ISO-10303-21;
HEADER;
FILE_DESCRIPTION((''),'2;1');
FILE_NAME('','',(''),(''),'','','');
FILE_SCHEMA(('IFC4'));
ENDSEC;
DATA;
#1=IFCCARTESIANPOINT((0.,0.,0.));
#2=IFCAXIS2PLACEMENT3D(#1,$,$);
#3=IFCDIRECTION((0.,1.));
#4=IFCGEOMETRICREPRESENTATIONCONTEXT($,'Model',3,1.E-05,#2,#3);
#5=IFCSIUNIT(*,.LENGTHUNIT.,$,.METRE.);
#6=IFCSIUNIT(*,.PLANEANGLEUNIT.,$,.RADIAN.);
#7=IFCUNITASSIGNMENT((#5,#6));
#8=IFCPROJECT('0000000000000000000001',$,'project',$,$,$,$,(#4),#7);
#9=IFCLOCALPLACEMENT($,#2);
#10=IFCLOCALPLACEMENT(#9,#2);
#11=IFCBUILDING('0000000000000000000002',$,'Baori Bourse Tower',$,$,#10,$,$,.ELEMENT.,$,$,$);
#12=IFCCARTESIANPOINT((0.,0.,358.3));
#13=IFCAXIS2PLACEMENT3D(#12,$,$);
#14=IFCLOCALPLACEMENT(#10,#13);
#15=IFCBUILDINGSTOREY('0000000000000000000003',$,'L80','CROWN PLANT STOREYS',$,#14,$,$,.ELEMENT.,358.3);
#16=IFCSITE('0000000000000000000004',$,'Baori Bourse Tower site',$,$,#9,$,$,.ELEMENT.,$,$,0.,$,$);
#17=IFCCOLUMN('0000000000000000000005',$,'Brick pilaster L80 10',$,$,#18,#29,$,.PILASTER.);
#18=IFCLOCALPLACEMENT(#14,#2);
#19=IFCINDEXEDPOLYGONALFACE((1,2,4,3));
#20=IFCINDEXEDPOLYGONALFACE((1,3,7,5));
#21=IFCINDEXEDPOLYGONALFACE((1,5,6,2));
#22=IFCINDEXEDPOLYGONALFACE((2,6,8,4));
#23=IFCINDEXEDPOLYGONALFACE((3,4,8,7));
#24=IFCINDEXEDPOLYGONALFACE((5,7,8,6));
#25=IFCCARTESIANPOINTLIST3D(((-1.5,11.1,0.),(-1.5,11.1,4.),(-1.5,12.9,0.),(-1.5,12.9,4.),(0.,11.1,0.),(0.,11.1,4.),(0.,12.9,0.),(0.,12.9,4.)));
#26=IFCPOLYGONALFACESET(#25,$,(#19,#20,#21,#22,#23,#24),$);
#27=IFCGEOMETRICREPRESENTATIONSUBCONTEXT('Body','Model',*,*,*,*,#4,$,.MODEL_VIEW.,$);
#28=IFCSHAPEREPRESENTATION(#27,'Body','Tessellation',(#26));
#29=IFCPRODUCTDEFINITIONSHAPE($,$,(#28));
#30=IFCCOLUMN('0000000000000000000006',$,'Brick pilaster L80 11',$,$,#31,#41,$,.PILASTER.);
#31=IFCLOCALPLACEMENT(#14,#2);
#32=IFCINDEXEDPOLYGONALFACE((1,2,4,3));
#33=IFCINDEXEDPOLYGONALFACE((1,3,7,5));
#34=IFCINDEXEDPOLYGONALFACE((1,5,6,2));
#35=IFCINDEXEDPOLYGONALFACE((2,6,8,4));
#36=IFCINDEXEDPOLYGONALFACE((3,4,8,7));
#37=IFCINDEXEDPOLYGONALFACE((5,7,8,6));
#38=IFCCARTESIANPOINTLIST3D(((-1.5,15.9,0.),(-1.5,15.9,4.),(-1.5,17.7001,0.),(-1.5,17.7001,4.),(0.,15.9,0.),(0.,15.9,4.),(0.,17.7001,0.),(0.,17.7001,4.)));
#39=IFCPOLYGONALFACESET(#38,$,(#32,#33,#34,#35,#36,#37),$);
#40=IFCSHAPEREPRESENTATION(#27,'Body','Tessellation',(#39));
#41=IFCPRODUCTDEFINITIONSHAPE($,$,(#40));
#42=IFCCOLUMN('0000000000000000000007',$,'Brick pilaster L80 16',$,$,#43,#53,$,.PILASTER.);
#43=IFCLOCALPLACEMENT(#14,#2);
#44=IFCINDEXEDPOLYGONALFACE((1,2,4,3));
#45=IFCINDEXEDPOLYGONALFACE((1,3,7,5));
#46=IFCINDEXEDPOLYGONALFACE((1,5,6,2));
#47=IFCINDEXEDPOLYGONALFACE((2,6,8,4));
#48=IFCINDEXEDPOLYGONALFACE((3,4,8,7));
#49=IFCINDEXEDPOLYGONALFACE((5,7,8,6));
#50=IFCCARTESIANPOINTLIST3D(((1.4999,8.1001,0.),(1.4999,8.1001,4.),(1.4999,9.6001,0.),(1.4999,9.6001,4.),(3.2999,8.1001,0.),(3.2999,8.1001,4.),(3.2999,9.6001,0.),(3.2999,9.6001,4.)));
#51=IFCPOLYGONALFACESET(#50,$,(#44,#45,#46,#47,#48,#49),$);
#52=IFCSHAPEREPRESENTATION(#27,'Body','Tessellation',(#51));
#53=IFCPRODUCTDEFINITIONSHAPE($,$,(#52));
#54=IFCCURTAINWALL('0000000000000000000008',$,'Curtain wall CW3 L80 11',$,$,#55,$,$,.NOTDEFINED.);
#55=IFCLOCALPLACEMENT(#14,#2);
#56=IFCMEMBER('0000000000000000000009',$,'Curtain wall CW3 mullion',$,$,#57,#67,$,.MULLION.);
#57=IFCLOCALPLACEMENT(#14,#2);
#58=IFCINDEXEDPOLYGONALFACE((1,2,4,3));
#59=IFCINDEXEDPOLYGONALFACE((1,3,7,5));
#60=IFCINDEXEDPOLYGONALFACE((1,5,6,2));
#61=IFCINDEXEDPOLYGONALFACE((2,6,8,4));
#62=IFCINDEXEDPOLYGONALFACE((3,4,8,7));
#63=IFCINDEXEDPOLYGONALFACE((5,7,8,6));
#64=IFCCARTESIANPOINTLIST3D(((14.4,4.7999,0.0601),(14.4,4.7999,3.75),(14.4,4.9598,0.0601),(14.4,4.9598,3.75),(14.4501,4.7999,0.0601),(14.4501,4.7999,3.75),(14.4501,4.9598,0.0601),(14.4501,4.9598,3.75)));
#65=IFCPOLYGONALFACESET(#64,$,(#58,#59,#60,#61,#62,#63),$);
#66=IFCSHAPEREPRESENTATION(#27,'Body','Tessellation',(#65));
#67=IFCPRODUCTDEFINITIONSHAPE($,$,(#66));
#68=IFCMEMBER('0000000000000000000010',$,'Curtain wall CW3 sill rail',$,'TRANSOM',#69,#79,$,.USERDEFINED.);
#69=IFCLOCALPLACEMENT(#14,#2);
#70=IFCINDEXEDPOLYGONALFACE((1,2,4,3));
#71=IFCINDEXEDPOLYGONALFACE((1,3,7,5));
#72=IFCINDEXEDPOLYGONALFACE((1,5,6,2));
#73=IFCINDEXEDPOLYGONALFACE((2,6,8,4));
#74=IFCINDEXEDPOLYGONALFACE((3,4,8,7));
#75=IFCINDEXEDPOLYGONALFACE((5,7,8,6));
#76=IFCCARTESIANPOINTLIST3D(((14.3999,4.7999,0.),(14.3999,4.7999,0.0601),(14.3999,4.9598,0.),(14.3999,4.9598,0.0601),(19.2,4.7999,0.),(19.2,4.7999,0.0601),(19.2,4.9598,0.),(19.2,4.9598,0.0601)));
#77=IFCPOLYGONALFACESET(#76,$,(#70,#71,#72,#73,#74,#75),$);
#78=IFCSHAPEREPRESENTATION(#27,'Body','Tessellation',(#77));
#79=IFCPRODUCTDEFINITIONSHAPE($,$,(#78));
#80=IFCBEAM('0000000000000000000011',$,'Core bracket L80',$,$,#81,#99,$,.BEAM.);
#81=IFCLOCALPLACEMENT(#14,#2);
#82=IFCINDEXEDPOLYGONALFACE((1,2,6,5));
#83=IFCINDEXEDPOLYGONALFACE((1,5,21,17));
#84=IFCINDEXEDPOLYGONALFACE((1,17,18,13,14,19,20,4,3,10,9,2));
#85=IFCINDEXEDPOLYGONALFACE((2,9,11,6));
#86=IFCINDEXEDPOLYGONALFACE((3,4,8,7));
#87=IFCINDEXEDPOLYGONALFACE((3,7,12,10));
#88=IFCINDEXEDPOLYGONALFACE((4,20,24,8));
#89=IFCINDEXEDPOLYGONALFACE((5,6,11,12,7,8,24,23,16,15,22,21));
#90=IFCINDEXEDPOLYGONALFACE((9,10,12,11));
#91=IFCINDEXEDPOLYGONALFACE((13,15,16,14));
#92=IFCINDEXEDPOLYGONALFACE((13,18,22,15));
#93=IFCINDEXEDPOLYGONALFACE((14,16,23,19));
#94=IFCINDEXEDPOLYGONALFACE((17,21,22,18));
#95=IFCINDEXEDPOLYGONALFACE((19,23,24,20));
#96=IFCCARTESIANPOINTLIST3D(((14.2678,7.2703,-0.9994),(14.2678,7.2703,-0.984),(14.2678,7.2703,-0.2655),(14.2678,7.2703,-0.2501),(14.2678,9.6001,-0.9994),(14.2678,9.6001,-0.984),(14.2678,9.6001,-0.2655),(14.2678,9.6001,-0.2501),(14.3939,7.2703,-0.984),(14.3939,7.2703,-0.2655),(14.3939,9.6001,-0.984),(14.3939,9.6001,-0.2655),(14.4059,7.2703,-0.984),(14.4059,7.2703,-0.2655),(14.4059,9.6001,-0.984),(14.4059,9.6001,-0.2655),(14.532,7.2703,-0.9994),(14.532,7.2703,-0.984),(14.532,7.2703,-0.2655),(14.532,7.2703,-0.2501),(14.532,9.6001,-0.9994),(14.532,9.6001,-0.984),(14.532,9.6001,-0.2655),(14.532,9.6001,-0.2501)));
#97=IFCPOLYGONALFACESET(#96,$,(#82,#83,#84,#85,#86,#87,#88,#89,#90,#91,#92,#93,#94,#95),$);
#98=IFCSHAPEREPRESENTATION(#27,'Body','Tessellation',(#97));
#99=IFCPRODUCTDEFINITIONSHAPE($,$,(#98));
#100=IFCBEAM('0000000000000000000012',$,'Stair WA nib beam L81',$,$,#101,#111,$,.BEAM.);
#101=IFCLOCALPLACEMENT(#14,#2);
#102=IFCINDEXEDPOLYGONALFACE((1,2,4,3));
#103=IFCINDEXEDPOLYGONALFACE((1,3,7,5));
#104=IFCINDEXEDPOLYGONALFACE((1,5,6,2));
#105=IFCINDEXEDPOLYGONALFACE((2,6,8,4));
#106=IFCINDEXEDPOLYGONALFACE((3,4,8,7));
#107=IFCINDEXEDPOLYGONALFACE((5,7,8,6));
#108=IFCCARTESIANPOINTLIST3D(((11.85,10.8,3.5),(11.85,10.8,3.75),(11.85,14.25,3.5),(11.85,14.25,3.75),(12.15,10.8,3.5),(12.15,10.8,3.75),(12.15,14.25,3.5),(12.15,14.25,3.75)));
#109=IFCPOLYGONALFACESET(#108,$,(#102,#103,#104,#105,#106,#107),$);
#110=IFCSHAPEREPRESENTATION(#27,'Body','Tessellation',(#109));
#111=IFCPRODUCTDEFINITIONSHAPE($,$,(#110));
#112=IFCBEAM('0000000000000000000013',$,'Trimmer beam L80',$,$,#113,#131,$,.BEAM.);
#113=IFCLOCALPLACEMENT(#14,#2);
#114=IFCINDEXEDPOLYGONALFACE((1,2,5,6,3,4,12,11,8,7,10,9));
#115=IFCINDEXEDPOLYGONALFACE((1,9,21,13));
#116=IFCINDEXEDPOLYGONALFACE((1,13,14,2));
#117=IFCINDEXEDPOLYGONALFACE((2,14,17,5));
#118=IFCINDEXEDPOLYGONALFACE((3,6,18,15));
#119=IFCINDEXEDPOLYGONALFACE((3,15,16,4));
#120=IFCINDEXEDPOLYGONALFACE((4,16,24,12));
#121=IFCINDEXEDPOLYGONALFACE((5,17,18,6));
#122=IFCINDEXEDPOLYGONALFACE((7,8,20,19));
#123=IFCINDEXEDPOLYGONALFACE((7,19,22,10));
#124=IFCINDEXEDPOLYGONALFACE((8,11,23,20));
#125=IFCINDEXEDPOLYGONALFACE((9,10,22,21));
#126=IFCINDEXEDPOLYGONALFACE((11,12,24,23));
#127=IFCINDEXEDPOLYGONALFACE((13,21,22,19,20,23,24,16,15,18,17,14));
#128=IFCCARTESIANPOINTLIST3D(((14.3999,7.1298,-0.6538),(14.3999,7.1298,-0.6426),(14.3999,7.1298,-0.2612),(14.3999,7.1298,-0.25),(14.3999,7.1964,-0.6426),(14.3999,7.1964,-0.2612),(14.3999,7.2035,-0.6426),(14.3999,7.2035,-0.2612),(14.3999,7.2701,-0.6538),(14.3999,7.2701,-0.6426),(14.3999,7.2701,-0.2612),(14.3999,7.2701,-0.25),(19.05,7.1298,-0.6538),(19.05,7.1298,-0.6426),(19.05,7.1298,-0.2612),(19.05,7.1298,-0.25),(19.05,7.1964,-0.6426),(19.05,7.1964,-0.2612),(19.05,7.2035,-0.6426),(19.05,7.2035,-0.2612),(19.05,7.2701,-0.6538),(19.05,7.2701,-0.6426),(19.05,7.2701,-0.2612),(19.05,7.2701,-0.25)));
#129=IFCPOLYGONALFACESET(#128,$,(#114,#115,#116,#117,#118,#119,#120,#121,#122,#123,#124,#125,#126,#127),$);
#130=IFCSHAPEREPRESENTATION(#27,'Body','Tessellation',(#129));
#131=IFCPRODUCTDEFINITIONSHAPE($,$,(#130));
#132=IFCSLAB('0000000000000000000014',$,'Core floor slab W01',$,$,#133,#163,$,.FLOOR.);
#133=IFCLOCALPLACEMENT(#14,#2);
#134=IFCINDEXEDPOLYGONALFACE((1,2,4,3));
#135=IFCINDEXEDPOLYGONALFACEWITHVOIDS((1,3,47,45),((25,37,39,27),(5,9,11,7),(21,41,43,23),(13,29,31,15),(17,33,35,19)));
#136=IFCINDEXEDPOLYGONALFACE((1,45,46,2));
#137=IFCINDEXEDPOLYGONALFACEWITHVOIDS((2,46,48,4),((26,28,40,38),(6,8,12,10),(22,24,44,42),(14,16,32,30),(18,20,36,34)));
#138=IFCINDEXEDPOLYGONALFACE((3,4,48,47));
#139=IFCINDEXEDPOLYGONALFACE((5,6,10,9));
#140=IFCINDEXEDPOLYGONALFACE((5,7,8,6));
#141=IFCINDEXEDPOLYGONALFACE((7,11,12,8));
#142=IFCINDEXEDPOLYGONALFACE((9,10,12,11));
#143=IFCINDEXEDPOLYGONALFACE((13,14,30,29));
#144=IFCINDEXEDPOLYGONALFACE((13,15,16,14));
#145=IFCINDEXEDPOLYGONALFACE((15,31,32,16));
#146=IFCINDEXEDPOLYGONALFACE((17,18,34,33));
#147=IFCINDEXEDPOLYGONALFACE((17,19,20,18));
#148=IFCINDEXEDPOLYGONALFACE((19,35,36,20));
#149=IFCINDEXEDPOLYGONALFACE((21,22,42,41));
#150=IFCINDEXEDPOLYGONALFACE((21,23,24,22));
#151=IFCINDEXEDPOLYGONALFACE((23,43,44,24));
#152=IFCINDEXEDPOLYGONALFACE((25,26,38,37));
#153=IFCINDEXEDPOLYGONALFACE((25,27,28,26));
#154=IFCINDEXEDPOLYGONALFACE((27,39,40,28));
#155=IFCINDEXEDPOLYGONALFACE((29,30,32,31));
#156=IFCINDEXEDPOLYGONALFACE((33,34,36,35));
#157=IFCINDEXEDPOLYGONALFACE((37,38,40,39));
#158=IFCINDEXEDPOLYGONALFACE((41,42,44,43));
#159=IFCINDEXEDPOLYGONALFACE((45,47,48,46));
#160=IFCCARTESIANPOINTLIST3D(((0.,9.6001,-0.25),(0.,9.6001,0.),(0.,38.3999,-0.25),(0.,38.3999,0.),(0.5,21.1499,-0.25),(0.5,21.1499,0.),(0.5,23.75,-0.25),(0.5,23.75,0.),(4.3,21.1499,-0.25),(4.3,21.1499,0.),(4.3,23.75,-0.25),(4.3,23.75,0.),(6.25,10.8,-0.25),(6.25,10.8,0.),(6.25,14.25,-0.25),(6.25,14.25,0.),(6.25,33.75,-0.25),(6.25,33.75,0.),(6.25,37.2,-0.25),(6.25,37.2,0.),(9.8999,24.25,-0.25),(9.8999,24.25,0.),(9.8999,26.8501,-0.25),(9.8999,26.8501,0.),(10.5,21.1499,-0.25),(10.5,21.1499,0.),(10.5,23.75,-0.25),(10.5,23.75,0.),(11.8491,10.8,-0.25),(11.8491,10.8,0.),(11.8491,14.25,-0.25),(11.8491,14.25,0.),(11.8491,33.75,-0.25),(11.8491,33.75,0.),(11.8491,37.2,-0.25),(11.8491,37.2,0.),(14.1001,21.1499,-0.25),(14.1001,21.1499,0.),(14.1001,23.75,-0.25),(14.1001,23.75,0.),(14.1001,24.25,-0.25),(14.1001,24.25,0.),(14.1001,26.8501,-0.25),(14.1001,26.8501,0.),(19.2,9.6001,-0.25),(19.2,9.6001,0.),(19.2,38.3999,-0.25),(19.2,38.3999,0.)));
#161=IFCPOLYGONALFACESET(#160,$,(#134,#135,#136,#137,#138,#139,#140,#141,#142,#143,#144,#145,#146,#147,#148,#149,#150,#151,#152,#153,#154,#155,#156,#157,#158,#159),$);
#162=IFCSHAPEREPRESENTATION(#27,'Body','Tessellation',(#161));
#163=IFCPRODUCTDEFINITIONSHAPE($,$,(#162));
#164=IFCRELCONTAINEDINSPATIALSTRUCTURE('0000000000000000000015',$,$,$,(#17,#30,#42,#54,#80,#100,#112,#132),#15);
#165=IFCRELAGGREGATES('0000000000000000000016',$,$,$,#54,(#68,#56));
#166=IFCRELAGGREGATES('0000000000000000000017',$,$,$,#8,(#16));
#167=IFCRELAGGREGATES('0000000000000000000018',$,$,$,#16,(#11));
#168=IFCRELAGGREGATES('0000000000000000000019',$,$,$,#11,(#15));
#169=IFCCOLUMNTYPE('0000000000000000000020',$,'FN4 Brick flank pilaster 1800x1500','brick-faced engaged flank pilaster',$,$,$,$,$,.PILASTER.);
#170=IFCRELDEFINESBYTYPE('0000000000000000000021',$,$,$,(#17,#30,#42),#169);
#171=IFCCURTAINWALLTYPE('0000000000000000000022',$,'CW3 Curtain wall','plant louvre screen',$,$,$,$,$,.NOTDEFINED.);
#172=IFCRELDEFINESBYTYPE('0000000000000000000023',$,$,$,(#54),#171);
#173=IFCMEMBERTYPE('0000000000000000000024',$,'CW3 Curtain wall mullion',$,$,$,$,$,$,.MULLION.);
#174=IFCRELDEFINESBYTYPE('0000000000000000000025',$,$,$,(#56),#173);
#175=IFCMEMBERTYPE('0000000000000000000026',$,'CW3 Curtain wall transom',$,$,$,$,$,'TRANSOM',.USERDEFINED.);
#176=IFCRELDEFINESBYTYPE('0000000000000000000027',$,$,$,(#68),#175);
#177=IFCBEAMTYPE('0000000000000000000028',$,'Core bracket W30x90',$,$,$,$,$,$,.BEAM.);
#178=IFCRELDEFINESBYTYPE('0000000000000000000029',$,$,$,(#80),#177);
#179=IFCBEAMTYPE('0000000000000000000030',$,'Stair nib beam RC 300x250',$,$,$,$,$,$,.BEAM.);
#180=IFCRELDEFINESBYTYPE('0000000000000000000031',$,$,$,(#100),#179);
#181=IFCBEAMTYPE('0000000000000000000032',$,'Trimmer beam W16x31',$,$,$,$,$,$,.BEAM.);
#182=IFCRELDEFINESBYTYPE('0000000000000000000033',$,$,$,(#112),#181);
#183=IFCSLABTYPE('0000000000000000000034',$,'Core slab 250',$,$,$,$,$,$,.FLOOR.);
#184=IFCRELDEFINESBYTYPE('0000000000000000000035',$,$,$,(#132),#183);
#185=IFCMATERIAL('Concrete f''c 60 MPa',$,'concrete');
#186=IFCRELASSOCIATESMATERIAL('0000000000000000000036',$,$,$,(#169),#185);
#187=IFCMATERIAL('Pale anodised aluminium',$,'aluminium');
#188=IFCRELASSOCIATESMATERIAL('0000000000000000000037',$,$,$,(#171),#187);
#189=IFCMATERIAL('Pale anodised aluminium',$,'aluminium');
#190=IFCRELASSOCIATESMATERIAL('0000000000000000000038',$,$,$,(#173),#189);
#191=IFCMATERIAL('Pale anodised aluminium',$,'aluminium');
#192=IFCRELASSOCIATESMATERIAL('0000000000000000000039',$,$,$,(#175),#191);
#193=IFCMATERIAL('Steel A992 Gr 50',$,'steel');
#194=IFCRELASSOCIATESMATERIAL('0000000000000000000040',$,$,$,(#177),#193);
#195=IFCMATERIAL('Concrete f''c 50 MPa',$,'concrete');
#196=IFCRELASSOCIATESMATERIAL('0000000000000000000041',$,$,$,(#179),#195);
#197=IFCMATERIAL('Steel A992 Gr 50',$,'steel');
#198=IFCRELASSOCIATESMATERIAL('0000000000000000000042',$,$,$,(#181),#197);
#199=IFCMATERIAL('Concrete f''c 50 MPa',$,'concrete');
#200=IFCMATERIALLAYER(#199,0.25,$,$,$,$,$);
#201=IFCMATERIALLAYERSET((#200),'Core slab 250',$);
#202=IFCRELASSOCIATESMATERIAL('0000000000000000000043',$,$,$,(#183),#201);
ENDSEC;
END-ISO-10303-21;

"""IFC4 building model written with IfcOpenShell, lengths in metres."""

from ifc_helpers import new_model, si_unit, direction, frame, origin, origin_2d, place, context, subcontext, project, spatial, polyline, rectangle, i_section, outline, extrude, material, layer, layer_set, material_profile, profile_set, type_object, element, aggregate, save


model = new_model("IFC4")

# Units and contexts
model_context = context("Model", 3, precision=1e-05, world=origin(), true_north=direction((0.0, 1.0)))
body_context = subcontext(model_context, "Body", "Model", "MODEL_VIEW")
ifc_project = project(units=[si_unit("LENGTHUNIT", "METRE"), si_unit("PLANEANGLEUNIT", "RADIAN")], contexts=[model_context])

# Site, building, storey
site_placement = place(None, origin())
site = spatial("IfcSite", under=ifc_project, at=site_placement, Name="Baori Bourse Tower site", CompositionType="ELEMENT", RefElevation=0.0)
building_placement = place(site_placement, origin())
building = spatial("IfcBuilding", under=site, at=building_placement, Name="Baori Bourse Tower", CompositionType="ELEMENT")
storey_placement = place(building_placement, frame((0.0, 0.0, 358.3)))
storey = spatial("IfcBuildingStorey", under=building, at=storey_placement, Name="L80", Description="CROWN PLANT STOREYS", CompositionType="ELEMENT", Elevation=358.3)

# Columns
ifc_material_1 = material(Name="Concrete f'c 60 MPa", Category="concrete")
ifc_material_profile_1 = material_profile(ifc_material_1, rectangle(XDim=1.8, YDim=1.5, at=origin_2d()), Name="RC 1800x1500")
ifc_profile_set_1 = profile_set([ifc_material_profile_1], Name="Concrete f'c 60 MPa")
column_type = type_object("IfcColumnType", Name="FN4 Brick flank pilaster 1800x1500", Description="brick-faced engaged flank pilaster", PredefinedType="PILASTER", material=ifc_profile_set_1)
for number, where, z_axis, x_axis, name in (
    (1, (-0.75, 12.0, 0.0), (0.0, 0.0, 1.0), (0.0, 1.0, 0.0), "Brick pilaster L80 10"),
    (2, (-0.75, 16.8, 0.0), (0.0, 0.0, 1.0), (0.0, 1.0, 0.0), "Brick pilaster L80 11"),
    (3, (2.3999, 8.8501, 0.0), (0.0, 0.0, 1.0), (1.0, 0.0, 0.0), "Brick pilaster L80 16"),
):
    element("IfcColumn", number, at=place(storey_placement, frame(where, z_axis=z_axis, x_axis=x_axis)), inside=storey, type_object=column_type, Name=name, PredefinedType="PILASTER", context=body_context, shape_type="SweptSolid", body=[
        extrude(rectangle(XDim=1.8, YDim=1.5, at=origin_2d()), origin(), (0.0, 0.0, 1.0), 4.0),
    ])

# Curtain wall, members
ifc_material_2 = material(Name="Pale anodised aluminium", Category="aluminium")
curtain_wall_type = type_object("IfcCurtainWallType", Name="CW3 Curtain wall", Description="plant louvre screen", PredefinedType="NOTDEFINED", material=ifc_material_2)
curtain_wall_placement = place(storey_placement, origin())
curtain_wall = element("IfcCurtainWall", 4, at=curtain_wall_placement, inside=storey, type_object=curtain_wall_type, Name="Curtain wall CW3 L80 11", PredefinedType="NOTDEFINED")
ifc_material_3 = material(Name="Pale anodised aluminium", Category="aluminium")
ifc_material_profile_2 = material_profile(ifc_material_3, rectangle(XDim=0.1599, YDim=0.05, at=origin_2d()), Name="Mullion 50x160")
ifc_profile_set_2 = profile_set([ifc_material_profile_2], Name="Pale anodised aluminium")
member_type_1 = type_object("IfcMemberType", Name="CW3 Curtain wall mullion", PredefinedType="MULLION", material=ifc_profile_set_2)
member_1_placement = place(storey_placement, frame((14.425, 4.8799, 0.0601), z_axis=(0.0, 0.0, 1.0), x_axis=(0.0, 1.0, 0.0)))
member_1 = element("IfcMember", 5, at=member_1_placement, type_object=member_type_1, Name="Curtain wall CW3 mullion", PredefinedType="MULLION", context=body_context, shape_type="SweptSolid", body=[
    extrude(rectangle(XDim=0.1599, YDim=0.05, at=origin_2d()), origin(), (0.0, 0.0, 1.0), 3.6899),
])
ifc_material_4 = material(Name="Pale anodised aluminium", Category="aluminium")
ifc_material_profile_3 = material_profile(ifc_material_4, rectangle(XDim=0.1599, YDim=0.0601, at=origin_2d()), Name="Transom 60x160")
ifc_profile_set_3 = profile_set([ifc_material_profile_3], Name="Pale anodised aluminium")
member_type_2 = type_object("IfcMemberType", Name="CW3 Curtain wall transom", ElementType="TRANSOM", PredefinedType="USERDEFINED", material=ifc_profile_set_3)
member_2_placement = place(storey_placement, frame((14.3999, 4.8799, 0.03), z_axis=(1.0, 0.0, 0.0), x_axis=(0.0, 1.0, 0.0)))
member_2 = element("IfcMember", 6, at=member_2_placement, type_object=member_type_2, Name="Curtain wall CW3 sill rail", ObjectType="TRANSOM", PredefinedType="USERDEFINED", context=body_context, shape_type="SweptSolid", body=[
    extrude(rectangle(XDim=0.1599, YDim=0.0601, at=origin_2d()), origin(), (0.0, 0.0, 1.0), 4.8),
])
aggregate(curtain_wall, [member_2, member_1])

# Beams
ifc_material_5 = material(Name="Steel A992 Gr 50", Category="steel")
ifc_material_profile_4 = material_profile(ifc_material_5, i_section(OverallWidth=0.2642, OverallDepth=0.7493, WebThickness=0.012, FlangeThickness=0.0154, at=origin_2d()), Name="W30x90")
ifc_profile_set_4 = profile_set([ifc_material_profile_4], Name="Steel A992 Gr 50")
beam_type_1 = type_object("IfcBeamType", Name="Core bracket W30x90", PredefinedType="BEAM", material=ifc_profile_set_4)
beam_1_placement = place(storey_placement, frame((14.3999, 7.2703, -0.6248), z_axis=(0.0, 1.0, 0.0), x_axis=(-1.0, 0.0, 0.0)))
element("IfcBeam", 7, at=beam_1_placement, inside=storey, type_object=beam_type_1, Name="Core bracket L80", PredefinedType="BEAM", context=body_context, shape_type="SweptSolid", body=[
    extrude(i_section(OverallWidth=0.2642, OverallDepth=0.7493, WebThickness=0.012, FlangeThickness=0.0154, at=origin_2d()), origin(), (0.0, 0.0, 1.0), 2.3298),
])
ifc_material_6 = material(Name="Concrete f'c 50 MPa", Category="concrete")
ifc_material_profile_5 = material_profile(ifc_material_6, rectangle(XDim=0.3, YDim=0.25, at=origin_2d()), Name="RC 300x250")
ifc_profile_set_5 = profile_set([ifc_material_profile_5], Name="Concrete f'c 50 MPa")
beam_type_2 = type_object("IfcBeamType", Name="Stair nib beam RC 300x250", PredefinedType="BEAM", material=ifc_profile_set_5)
beam_2_placement = place(storey_placement, frame((12.0, 10.8, 3.625), z_axis=(0.0, 1.0, 0.0), x_axis=(-1.0, 0.0, 0.0)))
element("IfcBeam", 8, at=beam_2_placement, inside=storey, type_object=beam_type_2, Name="Stair WA nib beam L81", PredefinedType="BEAM", context=body_context, shape_type="SweptSolid", body=[
    extrude(rectangle(XDim=0.3, YDim=0.25, at=origin_2d()), origin(), (0.0, 0.0, 1.0), 3.45),
])
ifc_material_7 = material(Name="Steel A992 Gr 50", Category="steel")
ifc_material_profile_6 = material_profile(ifc_material_7, i_section(OverallWidth=0.1404, OverallDepth=0.4038, WebThickness=0.0071, FlangeThickness=0.0112, at=origin_2d()), Name="W16x31")
ifc_profile_set_6 = profile_set([ifc_material_profile_6], Name="Steel A992 Gr 50")
beam_type_3 = type_object("IfcBeamType", Name="Trimmer beam W16x31", PredefinedType="BEAM", material=ifc_profile_set_6)
beam_3_placement = place(storey_placement, frame((14.3999, 7.2, -0.4519), z_axis=(1.0, 0.0, 0.0), x_axis=(0.0, 1.0, 0.0)))
element("IfcBeam", 9, at=beam_3_placement, inside=storey, type_object=beam_type_3, Name="Trimmer beam L80", PredefinedType="BEAM", context=body_context, shape_type="SweptSolid", body=[
    extrude(i_section(OverallWidth=0.1404, OverallDepth=0.4038, WebThickness=0.0071, FlangeThickness=0.0112, at=origin_2d()), origin(), (0.0, 0.0, 1.0), 4.6501),
])

# Slab
ifc_material_8 = material(Name="Concrete f'c 50 MPa", Category="concrete")
ifc_layer_1 = layer(ifc_material_8, 0.25)
ifc_layer_set_1 = layer_set([ifc_layer_1], Name="Core slab 250")
slab_type_1 = type_object("IfcSlabType", Name="Core slab 250", PredefinedType="FLOOR", material=ifc_layer_set_1)
slab_1_placement = place(storey_placement, frame((0.0, 0.0, -0.25)))
element("IfcSlab", 10, at=slab_1_placement, inside=storey, type_object=slab_type_1, Name="Core floor slab W01", PredefinedType="FLOOR", context=body_context, shape_type="SweptSolid", body=[
    extrude(outline(polyline([(0.0, 9.6001), (19.2, 9.6001), (19.2, 38.3999), (0.0, 38.3999), (0.0, 9.6001)]), holes=[polyline([(10.5, 21.1499), (10.5, 23.75), (14.1001, 23.75), (14.1001, 21.1499), (10.5, 21.1499)]), polyline([(14.1001, 24.25), (9.8999, 24.25), (9.8999, 26.8501), (14.1001, 26.8501), (14.1001, 24.25)]), polyline([(6.25, 14.25), (11.8491, 14.25), (11.8491, 10.8), (6.25, 10.8), (6.25, 14.25)]), polyline([(11.8491, 37.2), (11.8491, 33.75), (6.25, 33.75), (6.25, 37.2), (11.8491, 37.2)]), polyline([(4.3, 23.75), (4.3, 21.1499), (0.5, 21.1499), (0.5, 23.75), (4.3, 23.75)])]), origin(), (0.0, 0.0, 1.0), 0.25),
])

save(model, "model.ifc")
